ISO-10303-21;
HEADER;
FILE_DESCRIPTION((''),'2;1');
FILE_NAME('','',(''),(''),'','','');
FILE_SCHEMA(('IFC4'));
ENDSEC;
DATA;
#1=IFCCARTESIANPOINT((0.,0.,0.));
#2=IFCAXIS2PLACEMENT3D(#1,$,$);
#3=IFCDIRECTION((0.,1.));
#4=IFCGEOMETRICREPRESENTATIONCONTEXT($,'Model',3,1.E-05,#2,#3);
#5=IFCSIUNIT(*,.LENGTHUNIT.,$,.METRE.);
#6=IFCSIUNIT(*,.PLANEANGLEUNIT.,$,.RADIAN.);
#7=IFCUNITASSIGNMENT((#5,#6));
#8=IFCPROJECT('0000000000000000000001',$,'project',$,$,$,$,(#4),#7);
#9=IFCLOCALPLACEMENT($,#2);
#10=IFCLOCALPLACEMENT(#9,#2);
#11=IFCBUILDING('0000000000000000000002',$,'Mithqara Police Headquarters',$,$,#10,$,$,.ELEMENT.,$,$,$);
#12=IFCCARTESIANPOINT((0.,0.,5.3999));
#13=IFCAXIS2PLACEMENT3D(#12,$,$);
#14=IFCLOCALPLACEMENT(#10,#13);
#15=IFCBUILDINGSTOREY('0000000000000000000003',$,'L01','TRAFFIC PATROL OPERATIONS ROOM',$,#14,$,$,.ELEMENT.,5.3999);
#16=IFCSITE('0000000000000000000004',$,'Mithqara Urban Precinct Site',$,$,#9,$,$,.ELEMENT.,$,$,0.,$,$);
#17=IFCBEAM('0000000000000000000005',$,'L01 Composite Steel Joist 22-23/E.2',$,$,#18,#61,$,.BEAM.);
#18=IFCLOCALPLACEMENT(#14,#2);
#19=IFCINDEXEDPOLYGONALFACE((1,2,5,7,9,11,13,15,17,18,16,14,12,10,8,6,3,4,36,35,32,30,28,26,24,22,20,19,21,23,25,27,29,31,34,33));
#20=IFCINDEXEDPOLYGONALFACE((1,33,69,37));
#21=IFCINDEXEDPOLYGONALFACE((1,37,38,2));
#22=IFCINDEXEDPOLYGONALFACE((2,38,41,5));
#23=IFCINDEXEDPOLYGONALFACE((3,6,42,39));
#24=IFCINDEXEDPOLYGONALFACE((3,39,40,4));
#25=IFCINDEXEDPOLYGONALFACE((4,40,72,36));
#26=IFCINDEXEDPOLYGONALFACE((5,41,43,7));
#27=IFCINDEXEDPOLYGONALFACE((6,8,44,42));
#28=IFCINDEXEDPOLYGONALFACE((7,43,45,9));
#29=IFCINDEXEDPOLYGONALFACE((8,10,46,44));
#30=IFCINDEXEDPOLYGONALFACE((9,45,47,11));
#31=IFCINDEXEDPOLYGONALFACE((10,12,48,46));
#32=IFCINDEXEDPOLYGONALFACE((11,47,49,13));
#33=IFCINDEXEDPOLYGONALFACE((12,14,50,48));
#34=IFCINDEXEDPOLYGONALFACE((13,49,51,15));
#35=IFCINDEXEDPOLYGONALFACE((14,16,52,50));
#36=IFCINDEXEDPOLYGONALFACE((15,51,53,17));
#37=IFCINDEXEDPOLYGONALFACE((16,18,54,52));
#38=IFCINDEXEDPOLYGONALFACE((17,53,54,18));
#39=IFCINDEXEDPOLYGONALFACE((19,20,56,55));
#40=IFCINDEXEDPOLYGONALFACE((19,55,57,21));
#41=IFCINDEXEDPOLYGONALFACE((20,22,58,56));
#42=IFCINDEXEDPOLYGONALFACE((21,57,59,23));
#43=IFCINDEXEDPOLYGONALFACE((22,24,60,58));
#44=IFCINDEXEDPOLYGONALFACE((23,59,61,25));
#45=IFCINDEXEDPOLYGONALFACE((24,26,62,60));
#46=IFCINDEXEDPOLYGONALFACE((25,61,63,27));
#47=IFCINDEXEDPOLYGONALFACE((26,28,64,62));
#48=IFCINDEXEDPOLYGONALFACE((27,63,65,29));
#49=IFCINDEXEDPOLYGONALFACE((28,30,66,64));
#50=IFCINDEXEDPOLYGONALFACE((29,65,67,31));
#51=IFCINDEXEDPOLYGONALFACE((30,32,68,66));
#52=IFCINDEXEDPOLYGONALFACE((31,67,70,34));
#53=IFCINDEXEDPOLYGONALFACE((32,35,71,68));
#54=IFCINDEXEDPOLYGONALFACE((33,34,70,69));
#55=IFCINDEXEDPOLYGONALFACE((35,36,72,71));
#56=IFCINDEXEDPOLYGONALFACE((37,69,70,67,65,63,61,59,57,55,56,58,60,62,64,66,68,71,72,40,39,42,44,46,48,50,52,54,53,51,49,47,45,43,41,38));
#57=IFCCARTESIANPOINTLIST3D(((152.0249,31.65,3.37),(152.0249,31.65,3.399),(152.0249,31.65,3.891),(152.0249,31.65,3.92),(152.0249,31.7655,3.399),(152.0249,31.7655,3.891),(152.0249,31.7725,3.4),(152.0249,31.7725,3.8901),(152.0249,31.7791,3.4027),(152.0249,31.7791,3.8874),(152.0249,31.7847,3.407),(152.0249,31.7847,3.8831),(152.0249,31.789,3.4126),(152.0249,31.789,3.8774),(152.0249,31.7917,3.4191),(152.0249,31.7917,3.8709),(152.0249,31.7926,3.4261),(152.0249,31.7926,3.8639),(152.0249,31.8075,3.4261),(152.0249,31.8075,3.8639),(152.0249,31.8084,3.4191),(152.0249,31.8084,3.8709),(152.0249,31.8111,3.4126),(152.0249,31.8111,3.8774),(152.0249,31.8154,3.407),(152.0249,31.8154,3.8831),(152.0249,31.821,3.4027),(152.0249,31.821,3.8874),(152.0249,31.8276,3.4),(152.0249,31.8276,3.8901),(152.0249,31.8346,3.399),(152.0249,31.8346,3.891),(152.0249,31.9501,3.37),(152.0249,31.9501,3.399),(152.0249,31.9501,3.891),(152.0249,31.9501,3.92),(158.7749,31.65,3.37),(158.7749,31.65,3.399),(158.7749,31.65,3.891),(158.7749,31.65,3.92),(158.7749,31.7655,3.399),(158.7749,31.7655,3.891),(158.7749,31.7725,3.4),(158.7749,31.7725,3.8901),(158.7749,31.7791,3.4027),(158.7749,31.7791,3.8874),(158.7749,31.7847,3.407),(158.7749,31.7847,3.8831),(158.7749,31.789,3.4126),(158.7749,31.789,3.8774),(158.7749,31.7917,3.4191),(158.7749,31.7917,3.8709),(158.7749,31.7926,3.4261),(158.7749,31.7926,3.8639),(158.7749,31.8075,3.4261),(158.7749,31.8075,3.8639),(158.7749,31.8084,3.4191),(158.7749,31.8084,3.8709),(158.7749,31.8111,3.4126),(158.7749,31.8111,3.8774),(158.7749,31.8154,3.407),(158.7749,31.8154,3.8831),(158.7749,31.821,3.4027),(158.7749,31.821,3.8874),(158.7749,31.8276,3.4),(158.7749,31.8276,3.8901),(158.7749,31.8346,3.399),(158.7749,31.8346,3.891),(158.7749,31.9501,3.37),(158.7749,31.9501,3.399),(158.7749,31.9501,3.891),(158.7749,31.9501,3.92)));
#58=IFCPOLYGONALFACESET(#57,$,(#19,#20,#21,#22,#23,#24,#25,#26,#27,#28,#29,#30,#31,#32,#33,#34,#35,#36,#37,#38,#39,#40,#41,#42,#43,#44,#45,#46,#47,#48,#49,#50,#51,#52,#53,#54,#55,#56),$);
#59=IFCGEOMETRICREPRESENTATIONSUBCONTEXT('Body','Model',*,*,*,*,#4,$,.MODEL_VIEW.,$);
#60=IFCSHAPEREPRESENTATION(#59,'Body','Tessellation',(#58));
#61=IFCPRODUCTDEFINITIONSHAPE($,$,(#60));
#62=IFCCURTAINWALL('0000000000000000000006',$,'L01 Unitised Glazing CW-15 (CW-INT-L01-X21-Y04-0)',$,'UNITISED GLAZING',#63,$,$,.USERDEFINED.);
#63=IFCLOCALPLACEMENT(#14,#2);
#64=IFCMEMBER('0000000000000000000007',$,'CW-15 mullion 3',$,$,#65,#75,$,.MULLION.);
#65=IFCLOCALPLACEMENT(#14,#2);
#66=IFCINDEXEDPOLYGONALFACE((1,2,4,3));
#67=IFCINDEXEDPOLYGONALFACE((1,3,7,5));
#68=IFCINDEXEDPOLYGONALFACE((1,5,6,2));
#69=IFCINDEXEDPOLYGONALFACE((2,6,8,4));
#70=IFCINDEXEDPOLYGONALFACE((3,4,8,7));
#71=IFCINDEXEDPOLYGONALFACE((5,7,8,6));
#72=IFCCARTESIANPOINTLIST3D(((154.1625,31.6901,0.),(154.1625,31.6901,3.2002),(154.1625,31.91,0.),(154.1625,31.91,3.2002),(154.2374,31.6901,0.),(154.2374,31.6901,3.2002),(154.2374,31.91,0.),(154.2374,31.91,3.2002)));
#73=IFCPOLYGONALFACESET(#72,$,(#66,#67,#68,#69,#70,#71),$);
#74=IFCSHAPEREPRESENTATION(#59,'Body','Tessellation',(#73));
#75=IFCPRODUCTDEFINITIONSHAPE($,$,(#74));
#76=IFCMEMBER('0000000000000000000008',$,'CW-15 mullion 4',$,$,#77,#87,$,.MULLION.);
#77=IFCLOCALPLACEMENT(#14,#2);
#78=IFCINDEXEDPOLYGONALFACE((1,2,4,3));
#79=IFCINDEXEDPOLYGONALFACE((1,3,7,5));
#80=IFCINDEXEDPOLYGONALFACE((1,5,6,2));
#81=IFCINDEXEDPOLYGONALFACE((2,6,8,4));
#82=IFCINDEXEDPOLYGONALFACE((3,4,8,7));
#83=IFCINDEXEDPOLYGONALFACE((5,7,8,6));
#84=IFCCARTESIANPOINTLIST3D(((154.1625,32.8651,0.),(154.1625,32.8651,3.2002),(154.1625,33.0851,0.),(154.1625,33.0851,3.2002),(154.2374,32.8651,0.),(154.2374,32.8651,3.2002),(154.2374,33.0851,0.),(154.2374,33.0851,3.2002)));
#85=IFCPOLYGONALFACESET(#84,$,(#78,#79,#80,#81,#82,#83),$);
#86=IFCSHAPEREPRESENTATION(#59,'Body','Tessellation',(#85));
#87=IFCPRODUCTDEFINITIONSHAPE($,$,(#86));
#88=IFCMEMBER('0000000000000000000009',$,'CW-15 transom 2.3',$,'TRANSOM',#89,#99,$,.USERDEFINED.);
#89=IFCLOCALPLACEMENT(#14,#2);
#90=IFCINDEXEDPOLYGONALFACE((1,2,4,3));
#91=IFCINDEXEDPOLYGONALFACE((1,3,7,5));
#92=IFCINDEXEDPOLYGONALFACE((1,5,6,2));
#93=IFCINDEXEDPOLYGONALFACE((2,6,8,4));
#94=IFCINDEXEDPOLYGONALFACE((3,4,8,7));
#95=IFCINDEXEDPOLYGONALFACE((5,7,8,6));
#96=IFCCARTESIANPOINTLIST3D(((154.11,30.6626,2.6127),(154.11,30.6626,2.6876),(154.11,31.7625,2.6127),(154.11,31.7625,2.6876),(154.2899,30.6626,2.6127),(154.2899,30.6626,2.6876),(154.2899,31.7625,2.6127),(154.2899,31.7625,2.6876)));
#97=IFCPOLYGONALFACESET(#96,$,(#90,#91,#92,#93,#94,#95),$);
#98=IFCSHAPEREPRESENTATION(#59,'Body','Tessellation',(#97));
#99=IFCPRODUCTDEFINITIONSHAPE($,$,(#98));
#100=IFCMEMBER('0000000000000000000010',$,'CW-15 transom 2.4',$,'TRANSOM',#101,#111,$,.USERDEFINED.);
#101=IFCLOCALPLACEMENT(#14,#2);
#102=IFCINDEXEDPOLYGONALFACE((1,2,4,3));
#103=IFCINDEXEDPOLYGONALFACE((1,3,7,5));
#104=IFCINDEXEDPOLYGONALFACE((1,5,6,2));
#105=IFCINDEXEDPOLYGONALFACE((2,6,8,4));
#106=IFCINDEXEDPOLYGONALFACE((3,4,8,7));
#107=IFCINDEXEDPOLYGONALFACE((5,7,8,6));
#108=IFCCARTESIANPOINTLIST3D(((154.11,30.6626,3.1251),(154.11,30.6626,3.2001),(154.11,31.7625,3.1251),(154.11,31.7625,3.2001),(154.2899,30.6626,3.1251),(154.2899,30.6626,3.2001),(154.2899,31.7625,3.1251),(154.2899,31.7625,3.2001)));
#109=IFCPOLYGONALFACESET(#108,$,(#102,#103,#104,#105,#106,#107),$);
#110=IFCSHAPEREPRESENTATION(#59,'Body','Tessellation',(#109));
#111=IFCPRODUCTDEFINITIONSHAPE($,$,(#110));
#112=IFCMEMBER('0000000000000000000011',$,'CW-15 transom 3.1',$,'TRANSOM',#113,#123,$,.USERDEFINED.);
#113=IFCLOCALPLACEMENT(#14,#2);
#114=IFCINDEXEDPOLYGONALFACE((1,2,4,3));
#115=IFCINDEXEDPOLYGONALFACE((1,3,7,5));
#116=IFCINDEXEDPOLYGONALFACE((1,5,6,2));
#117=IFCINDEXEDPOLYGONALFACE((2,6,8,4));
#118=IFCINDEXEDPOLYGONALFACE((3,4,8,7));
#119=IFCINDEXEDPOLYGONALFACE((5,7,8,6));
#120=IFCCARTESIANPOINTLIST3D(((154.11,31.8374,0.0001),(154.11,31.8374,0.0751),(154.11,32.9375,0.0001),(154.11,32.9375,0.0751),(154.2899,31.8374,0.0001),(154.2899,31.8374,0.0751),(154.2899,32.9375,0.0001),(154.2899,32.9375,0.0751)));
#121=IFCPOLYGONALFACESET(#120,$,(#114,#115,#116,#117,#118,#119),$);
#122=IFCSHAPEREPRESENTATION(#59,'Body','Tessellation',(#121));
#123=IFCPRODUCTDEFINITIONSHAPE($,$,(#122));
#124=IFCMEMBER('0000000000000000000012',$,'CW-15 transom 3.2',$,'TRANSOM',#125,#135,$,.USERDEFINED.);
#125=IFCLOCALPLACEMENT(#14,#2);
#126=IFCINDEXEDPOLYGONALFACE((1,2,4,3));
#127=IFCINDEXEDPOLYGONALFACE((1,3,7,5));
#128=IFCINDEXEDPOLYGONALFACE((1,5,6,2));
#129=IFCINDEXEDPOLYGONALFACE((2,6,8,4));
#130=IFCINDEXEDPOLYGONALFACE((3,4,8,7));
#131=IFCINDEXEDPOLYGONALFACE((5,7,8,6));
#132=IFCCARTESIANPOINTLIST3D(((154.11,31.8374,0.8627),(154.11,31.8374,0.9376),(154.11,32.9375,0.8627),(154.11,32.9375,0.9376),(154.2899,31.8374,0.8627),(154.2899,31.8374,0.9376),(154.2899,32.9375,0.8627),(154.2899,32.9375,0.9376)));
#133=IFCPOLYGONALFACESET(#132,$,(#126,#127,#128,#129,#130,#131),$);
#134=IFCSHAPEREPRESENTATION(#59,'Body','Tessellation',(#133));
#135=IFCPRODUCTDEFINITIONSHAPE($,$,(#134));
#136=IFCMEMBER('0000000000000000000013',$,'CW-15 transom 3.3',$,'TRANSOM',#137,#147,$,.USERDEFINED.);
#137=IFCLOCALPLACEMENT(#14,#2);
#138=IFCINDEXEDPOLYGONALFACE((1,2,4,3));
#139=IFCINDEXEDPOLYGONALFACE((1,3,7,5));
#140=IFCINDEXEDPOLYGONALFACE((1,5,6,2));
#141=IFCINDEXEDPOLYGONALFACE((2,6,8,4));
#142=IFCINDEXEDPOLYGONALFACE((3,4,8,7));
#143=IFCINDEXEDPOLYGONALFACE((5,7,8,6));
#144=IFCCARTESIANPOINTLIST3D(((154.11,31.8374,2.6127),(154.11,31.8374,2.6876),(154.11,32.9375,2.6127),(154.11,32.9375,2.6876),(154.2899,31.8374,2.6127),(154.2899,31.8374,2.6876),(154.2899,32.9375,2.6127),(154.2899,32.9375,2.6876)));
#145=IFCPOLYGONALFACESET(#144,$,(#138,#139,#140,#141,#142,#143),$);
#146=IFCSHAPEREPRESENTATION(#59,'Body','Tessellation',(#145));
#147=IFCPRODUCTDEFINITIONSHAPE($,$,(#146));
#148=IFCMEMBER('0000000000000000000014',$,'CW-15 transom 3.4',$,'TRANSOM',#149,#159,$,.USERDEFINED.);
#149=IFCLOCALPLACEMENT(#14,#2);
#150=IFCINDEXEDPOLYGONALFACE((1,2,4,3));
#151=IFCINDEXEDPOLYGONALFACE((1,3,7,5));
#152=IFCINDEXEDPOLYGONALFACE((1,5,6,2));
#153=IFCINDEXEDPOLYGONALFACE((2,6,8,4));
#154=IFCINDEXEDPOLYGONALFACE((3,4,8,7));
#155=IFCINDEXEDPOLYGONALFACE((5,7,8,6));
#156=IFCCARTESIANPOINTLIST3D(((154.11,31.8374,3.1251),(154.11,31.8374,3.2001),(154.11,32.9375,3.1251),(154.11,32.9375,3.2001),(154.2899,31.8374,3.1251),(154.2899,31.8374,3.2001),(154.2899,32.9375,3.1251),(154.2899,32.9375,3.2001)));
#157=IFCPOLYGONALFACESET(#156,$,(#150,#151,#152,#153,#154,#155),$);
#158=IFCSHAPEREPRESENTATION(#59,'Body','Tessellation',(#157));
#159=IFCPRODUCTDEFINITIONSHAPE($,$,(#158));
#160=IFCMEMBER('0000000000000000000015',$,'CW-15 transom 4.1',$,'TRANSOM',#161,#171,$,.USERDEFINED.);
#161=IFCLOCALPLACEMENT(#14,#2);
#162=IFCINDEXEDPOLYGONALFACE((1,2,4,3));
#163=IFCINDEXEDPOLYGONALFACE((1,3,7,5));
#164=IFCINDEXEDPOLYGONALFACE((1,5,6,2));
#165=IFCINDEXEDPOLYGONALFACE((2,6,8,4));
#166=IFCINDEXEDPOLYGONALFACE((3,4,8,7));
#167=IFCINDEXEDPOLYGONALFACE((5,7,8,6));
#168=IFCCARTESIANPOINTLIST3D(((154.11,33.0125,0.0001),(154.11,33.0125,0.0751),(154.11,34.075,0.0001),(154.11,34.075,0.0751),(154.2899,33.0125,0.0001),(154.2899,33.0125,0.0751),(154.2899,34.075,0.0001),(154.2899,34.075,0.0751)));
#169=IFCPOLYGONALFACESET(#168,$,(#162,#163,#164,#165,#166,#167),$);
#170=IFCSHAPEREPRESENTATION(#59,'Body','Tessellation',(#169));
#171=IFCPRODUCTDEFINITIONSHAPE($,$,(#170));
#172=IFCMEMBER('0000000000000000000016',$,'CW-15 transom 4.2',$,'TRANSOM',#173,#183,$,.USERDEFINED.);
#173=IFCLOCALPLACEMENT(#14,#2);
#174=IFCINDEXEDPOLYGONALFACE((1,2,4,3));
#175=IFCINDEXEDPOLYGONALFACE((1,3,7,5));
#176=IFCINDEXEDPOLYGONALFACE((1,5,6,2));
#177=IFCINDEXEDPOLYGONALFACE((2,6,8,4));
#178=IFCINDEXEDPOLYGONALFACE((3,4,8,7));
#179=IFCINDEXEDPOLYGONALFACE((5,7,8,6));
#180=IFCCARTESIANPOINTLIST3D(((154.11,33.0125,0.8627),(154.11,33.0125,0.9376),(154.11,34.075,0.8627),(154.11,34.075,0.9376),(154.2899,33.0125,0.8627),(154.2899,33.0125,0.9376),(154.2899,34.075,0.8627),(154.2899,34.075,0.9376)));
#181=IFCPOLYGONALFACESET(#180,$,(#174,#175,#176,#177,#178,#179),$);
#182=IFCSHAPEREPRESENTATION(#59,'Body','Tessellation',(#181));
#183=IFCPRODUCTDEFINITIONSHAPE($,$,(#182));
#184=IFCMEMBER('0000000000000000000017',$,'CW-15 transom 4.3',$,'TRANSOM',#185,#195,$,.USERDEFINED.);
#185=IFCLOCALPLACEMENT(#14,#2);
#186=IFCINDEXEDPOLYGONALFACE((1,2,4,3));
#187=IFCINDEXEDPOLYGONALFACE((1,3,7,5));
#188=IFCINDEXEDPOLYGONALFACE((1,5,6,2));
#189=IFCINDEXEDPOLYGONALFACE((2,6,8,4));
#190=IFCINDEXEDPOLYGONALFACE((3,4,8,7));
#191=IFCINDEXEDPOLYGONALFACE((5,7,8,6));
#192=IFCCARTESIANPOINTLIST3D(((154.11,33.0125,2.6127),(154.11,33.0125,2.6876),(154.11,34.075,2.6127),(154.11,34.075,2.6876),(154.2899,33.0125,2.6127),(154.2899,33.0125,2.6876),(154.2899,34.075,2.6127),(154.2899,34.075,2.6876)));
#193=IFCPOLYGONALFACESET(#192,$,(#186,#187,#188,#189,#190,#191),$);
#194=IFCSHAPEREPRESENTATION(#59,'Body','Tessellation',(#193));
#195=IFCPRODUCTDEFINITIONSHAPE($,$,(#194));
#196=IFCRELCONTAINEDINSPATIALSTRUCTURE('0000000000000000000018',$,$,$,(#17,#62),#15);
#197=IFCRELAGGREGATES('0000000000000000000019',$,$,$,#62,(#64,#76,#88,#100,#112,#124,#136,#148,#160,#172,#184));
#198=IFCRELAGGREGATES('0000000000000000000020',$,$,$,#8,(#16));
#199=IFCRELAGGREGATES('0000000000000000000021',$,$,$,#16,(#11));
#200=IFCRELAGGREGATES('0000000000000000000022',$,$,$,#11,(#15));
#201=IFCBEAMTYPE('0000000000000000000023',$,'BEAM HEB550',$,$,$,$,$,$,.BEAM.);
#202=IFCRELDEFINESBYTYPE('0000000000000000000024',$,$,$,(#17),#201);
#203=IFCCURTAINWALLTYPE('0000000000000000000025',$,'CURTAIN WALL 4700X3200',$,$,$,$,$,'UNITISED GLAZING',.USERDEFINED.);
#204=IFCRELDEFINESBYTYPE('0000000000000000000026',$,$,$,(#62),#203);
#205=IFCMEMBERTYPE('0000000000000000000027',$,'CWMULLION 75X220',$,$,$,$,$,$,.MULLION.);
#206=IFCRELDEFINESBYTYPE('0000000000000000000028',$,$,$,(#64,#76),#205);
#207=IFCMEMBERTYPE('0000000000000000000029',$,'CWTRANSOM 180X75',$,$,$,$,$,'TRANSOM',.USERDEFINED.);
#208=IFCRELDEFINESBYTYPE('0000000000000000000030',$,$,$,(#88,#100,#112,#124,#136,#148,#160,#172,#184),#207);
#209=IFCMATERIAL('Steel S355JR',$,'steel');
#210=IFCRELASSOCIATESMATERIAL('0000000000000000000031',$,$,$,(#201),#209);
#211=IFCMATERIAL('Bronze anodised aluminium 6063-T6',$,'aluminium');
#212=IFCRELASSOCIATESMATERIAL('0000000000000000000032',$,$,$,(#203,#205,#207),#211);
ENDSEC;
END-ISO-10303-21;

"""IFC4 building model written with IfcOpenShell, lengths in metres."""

from ifc_helpers import new_model, si_unit, direction, frame, origin, origin_2d, place, context, subcontext, project, spatial, rectangle, i_section, extrude, material, material_profile, profile_set, type_object, element, aggregate, save


model = new_model("IFC4")

# Units and contexts
model_context = context("Model", 3, precision=1e-05, world=origin(), true_north=direction((0.0, 1.0)))
body_context = subcontext(model_context, "Body", "Model", "MODEL_VIEW")
ifc_project = project(units=[si_unit("LENGTHUNIT", "METRE"), si_unit("PLANEANGLEUNIT", "RADIAN")], contexts=[model_context])

# Site, building, storey
site_placement = place(None, origin())
site = spatial("IfcSite", under=ifc_project, at=site_placement, Name="Mithqara Urban Precinct Site", CompositionType="ELEMENT", RefElevation=0.0)
building_placement = place(site_placement, origin())
building = spatial("IfcBuilding", under=site, at=building_placement, Name="Mithqara Police Headquarters", CompositionType="ELEMENT")
storey_placement = place(building_placement, frame((0.0, 0.0, 5.3999)))
storey = spatial("IfcBuildingStorey", under=building, at=storey_placement, Name="L01", Description="TRAFFIC PATROL OPERATIONS ROOM", CompositionType="ELEMENT", Elevation=5.3999)

# Beam
ifc_material_1 = material(Name="Steel S355JR", Category="steel")
ifc_material_profile_1 = material_profile(ifc_material_1, i_section(OverallWidth=0.3, OverallDepth=0.55, WebThickness=0.0149, FlangeThickness=0.0291, FilletRadius=0.0271, at=origin_2d()), Name="HEB 550")
ifc_profile_set_1 = profile_set([ifc_material_profile_1], Name="Steel S355JR")
beam_type = type_object("IfcBeamType", Name="BEAM HEB550", PredefinedType="BEAM", material=ifc_profile_set_1)
beam_placement = place(storey_placement, frame((152.0249, 31.8, 3.645), z_axis=(1.0, 0.0, 0.0), x_axis=(0.0, 1.0, 0.0)))
element("IfcBeam", 1, at=beam_placement, inside=storey, type_object=beam_type, Name="L01 Composite Steel Joist 22-23/E.2", PredefinedType="BEAM", context=body_context, shape_type="SweptSolid", body=[
    extrude(i_section(OverallWidth=0.3, OverallDepth=0.55, WebThickness=0.0149, FlangeThickness=0.0291, FilletRadius=0.0271, at=origin_2d()), origin(), (0.0, 0.0, 1.0), 6.75),
])

# Curtain wall, members
ifc_material_2 = material(Name="Bronze anodised aluminium 6063-T6", Category="aluminium")
curtain_wall_type = type_object("IfcCurtainWallType", Name="CURTAIN WALL 4700X3200", ElementType="UNITISED GLAZING", PredefinedType="USERDEFINED", material=ifc_material_2)
curtain_wall_placement = place(storey_placement, origin())
curtain_wall = element("IfcCurtainWall", 2, at=curtain_wall_placement, inside=storey, type_object=curtain_wall_type, Name="L01 Unitised Glazing CW-15 (CW-INT-L01-X21-Y04-0)", ObjectType="UNITISED GLAZING", PredefinedType="USERDEFINED")
ifc_material_profile_2 = material_profile(ifc_material_2, rectangle(XDim=0.075, YDim=0.22, at=origin_2d()), Name="CWM 75x220")
ifc_profile_set_2 = profile_set([ifc_material_profile_2], Name="Bronze anodised aluminium 6063-T6")
member_type_1 = type_object("IfcMemberType", Name="CWMULLION 75X220", PredefinedType="MULLION", material=ifc_profile_set_2)
member_1_placement = place(storey_placement, frame((154.2, 31.8, 0.0), z_axis=(0.0, 0.0, 1.0), x_axis=(-1.0, 0.0, 0.0)))
member_1 = element("IfcMember", 3, at=member_1_placement, type_object=member_type_1, Name="CW-15 mullion 3", PredefinedType="MULLION", context=body_context, shape_type="SweptSolid", body=[
    extrude(rectangle(XDim=0.075, YDim=0.22, at=origin_2d()), origin(), (0.0, 0.0, 1.0), 3.2002),
])
member_2_placement = place(storey_placement, frame((154.2, 32.9751, 0.0), z_axis=(0.0, 0.0, 1.0), x_axis=(-1.0, 0.0, 0.0)))
member_2 = element("IfcMember", 4, at=member_2_placement, type_object=member_type_1, Name="CW-15 mullion 4", PredefinedType="MULLION", context=body_context, shape_type="SweptSolid", body=[
    extrude(rectangle(XDim=0.075, YDim=0.22, at=origin_2d()), origin(), (0.0, 0.0, 1.0), 3.2002),
])
ifc_material_profile_3 = material_profile(ifc_material_2, rectangle(XDim=0.1799, YDim=0.075, at=origin_2d()), Name="CWT 180x75")
ifc_profile_set_3 = profile_set([ifc_material_profile_3], Name="Bronze anodised aluminium 6063-T6")
member_type_2 = type_object("IfcMemberType", Name="CWTRANSOM 180X75", ElementType="TRANSOM", PredefinedType="USERDEFINED", material=ifc_profile_set_3)
member_3_placement = place(storey_placement, frame((154.2, 30.6626, 2.6501), z_axis=(0.0, 1.0, 0.0), x_axis=(-1.0, 0.0, 0.0)))
member_3 = element("IfcMember", 5, at=member_3_placement, type_object=member_type_2, Name="CW-15 transom 2.3", ObjectType="TRANSOM", PredefinedType="USERDEFINED", context=body_context, shape_type="SweptSolid", body=[
    extrude(rectangle(XDim=0.1799, YDim=0.075, at=origin_2d()), origin(), (0.0, 0.0, 1.0), 1.0999),
])
member_4_placement = place(storey_placement, frame((154.2, 30.6626, 3.1626), z_axis=(0.0, 1.0, 0.0), x_axis=(-1.0, 0.0, 0.0)))
member_4 = element("IfcMember", 6, at=member_4_placement, type_object=member_type_2, Name="CW-15 transom 2.4", ObjectType="TRANSOM", PredefinedType="USERDEFINED", context=body_context, shape_type="SweptSolid", body=[
    extrude(rectangle(XDim=0.1799, YDim=0.075, at=origin_2d()), origin(), (0.0, 0.0, 1.0), 1.0999),
])
member_5_placement = place(storey_placement, frame((154.2, 31.8374, 0.0376), z_axis=(0.0, 1.0, 0.0), x_axis=(-1.0, 0.0, 0.0)))
member_5 = element("IfcMember", 7, at=member_5_placement, type_object=member_type_2, Name="CW-15 transom 3.1", ObjectType="TRANSOM", PredefinedType="USERDEFINED", context=body_context, shape_type="SweptSolid", body=[
    extrude(rectangle(XDim=0.1799, YDim=0.075, at=origin_2d()), origin(), (0.0, 0.0, 1.0), 1.1001),
])
member_6_placement = place(storey_placement, frame((154.2, 31.8374, 0.9001), z_axis=(0.0, 1.0, 0.0), x_axis=(-1.0, 0.0, 0.0)))
member_6 = element("IfcMember", 8, at=member_6_placement, type_object=member_type_2, Name="CW-15 transom 3.2", ObjectType="TRANSOM", PredefinedType="USERDEFINED", context=body_context, shape_type="SweptSolid", body=[
    extrude(rectangle(XDim=0.1799, YDim=0.075, at=origin_2d()), origin(), (0.0, 0.0, 1.0), 1.1001),
])
member_7_placement = place(storey_placement, frame((154.2, 31.8374, 2.6501), z_axis=(0.0, 1.0, 0.0), x_axis=(-1.0, 0.0, 0.0)))
member_7 = element("IfcMember", 9, at=member_7_placement, type_object=member_type_2, Name="CW-15 transom 3.3", ObjectType="TRANSOM", PredefinedType="USERDEFINED", context=body_context, shape_type="SweptSolid", body=[
    extrude(rectangle(XDim=0.1799, YDim=0.075, at=origin_2d()), origin(), (0.0, 0.0, 1.0), 1.1001),
])
member_8_placement = place(storey_placement, frame((154.2, 31.8374, 3.1626), z_axis=(0.0, 1.0, 0.0), x_axis=(-1.0, 0.0, 0.0)))
member_8 = element("IfcMember", 10, at=member_8_placement, type_object=member_type_2, Name="CW-15 transom 3.4", ObjectType="TRANSOM", PredefinedType="USERDEFINED", context=body_context, shape_type="SweptSolid", body=[
    extrude(rectangle(XDim=0.1799, YDim=0.075, at=origin_2d()), origin(), (0.0, 0.0, 1.0), 1.1001),
])
member_9_placement = place(storey_placement, frame((154.2, 33.0125, 0.0376), z_axis=(0.0, 1.0, 0.0), x_axis=(-1.0, 0.0, 0.0)))
member_9 = element("IfcMember", 11, at=member_9_placement, type_object=member_type_2, Name="CW-15 transom 4.1", ObjectType="TRANSOM", PredefinedType="USERDEFINED", context=body_context, shape_type="SweptSolid", body=[
    extrude(rectangle(XDim=0.1799, YDim=0.075, at=origin_2d()), origin(), (0.0, 0.0, 1.0), 1.0625),
])
member_10_placement = place(storey_placement, frame((154.2, 33.0125, 0.9001), z_axis=(0.0, 1.0, 0.0), x_axis=(-1.0, 0.0, 0.0)))
member_10 = element("IfcMember", 12, at=member_10_placement, type_object=member_type_2, Name="CW-15 transom 4.2", ObjectType="TRANSOM", PredefinedType="USERDEFINED", context=body_context, shape_type="SweptSolid", body=[
    extrude(rectangle(XDim=0.1799, YDim=0.075, at=origin_2d()), origin(), (0.0, 0.0, 1.0), 1.0625),
])
member_11_placement = place(storey_placement, frame((154.2, 33.0125, 2.6501), z_axis=(0.0, 1.0, 0.0), x_axis=(-1.0, 0.0, 0.0)))
member_11 = element("IfcMember", 13, at=member_11_placement, type_object=member_type_2, Name="CW-15 transom 4.3", ObjectType="TRANSOM", PredefinedType="USERDEFINED", context=body_context, shape_type="SweptSolid", body=[
    extrude(rectangle(XDim=0.1799, YDim=0.075, at=origin_2d()), origin(), (0.0, 0.0, 1.0), 1.0625),
])
aggregate(curtain_wall, [member_1, member_2, member_3, member_4, member_5, member_6, member_7, member_8, member_9, member_10, member_11])

save(model, "model.ifc")
